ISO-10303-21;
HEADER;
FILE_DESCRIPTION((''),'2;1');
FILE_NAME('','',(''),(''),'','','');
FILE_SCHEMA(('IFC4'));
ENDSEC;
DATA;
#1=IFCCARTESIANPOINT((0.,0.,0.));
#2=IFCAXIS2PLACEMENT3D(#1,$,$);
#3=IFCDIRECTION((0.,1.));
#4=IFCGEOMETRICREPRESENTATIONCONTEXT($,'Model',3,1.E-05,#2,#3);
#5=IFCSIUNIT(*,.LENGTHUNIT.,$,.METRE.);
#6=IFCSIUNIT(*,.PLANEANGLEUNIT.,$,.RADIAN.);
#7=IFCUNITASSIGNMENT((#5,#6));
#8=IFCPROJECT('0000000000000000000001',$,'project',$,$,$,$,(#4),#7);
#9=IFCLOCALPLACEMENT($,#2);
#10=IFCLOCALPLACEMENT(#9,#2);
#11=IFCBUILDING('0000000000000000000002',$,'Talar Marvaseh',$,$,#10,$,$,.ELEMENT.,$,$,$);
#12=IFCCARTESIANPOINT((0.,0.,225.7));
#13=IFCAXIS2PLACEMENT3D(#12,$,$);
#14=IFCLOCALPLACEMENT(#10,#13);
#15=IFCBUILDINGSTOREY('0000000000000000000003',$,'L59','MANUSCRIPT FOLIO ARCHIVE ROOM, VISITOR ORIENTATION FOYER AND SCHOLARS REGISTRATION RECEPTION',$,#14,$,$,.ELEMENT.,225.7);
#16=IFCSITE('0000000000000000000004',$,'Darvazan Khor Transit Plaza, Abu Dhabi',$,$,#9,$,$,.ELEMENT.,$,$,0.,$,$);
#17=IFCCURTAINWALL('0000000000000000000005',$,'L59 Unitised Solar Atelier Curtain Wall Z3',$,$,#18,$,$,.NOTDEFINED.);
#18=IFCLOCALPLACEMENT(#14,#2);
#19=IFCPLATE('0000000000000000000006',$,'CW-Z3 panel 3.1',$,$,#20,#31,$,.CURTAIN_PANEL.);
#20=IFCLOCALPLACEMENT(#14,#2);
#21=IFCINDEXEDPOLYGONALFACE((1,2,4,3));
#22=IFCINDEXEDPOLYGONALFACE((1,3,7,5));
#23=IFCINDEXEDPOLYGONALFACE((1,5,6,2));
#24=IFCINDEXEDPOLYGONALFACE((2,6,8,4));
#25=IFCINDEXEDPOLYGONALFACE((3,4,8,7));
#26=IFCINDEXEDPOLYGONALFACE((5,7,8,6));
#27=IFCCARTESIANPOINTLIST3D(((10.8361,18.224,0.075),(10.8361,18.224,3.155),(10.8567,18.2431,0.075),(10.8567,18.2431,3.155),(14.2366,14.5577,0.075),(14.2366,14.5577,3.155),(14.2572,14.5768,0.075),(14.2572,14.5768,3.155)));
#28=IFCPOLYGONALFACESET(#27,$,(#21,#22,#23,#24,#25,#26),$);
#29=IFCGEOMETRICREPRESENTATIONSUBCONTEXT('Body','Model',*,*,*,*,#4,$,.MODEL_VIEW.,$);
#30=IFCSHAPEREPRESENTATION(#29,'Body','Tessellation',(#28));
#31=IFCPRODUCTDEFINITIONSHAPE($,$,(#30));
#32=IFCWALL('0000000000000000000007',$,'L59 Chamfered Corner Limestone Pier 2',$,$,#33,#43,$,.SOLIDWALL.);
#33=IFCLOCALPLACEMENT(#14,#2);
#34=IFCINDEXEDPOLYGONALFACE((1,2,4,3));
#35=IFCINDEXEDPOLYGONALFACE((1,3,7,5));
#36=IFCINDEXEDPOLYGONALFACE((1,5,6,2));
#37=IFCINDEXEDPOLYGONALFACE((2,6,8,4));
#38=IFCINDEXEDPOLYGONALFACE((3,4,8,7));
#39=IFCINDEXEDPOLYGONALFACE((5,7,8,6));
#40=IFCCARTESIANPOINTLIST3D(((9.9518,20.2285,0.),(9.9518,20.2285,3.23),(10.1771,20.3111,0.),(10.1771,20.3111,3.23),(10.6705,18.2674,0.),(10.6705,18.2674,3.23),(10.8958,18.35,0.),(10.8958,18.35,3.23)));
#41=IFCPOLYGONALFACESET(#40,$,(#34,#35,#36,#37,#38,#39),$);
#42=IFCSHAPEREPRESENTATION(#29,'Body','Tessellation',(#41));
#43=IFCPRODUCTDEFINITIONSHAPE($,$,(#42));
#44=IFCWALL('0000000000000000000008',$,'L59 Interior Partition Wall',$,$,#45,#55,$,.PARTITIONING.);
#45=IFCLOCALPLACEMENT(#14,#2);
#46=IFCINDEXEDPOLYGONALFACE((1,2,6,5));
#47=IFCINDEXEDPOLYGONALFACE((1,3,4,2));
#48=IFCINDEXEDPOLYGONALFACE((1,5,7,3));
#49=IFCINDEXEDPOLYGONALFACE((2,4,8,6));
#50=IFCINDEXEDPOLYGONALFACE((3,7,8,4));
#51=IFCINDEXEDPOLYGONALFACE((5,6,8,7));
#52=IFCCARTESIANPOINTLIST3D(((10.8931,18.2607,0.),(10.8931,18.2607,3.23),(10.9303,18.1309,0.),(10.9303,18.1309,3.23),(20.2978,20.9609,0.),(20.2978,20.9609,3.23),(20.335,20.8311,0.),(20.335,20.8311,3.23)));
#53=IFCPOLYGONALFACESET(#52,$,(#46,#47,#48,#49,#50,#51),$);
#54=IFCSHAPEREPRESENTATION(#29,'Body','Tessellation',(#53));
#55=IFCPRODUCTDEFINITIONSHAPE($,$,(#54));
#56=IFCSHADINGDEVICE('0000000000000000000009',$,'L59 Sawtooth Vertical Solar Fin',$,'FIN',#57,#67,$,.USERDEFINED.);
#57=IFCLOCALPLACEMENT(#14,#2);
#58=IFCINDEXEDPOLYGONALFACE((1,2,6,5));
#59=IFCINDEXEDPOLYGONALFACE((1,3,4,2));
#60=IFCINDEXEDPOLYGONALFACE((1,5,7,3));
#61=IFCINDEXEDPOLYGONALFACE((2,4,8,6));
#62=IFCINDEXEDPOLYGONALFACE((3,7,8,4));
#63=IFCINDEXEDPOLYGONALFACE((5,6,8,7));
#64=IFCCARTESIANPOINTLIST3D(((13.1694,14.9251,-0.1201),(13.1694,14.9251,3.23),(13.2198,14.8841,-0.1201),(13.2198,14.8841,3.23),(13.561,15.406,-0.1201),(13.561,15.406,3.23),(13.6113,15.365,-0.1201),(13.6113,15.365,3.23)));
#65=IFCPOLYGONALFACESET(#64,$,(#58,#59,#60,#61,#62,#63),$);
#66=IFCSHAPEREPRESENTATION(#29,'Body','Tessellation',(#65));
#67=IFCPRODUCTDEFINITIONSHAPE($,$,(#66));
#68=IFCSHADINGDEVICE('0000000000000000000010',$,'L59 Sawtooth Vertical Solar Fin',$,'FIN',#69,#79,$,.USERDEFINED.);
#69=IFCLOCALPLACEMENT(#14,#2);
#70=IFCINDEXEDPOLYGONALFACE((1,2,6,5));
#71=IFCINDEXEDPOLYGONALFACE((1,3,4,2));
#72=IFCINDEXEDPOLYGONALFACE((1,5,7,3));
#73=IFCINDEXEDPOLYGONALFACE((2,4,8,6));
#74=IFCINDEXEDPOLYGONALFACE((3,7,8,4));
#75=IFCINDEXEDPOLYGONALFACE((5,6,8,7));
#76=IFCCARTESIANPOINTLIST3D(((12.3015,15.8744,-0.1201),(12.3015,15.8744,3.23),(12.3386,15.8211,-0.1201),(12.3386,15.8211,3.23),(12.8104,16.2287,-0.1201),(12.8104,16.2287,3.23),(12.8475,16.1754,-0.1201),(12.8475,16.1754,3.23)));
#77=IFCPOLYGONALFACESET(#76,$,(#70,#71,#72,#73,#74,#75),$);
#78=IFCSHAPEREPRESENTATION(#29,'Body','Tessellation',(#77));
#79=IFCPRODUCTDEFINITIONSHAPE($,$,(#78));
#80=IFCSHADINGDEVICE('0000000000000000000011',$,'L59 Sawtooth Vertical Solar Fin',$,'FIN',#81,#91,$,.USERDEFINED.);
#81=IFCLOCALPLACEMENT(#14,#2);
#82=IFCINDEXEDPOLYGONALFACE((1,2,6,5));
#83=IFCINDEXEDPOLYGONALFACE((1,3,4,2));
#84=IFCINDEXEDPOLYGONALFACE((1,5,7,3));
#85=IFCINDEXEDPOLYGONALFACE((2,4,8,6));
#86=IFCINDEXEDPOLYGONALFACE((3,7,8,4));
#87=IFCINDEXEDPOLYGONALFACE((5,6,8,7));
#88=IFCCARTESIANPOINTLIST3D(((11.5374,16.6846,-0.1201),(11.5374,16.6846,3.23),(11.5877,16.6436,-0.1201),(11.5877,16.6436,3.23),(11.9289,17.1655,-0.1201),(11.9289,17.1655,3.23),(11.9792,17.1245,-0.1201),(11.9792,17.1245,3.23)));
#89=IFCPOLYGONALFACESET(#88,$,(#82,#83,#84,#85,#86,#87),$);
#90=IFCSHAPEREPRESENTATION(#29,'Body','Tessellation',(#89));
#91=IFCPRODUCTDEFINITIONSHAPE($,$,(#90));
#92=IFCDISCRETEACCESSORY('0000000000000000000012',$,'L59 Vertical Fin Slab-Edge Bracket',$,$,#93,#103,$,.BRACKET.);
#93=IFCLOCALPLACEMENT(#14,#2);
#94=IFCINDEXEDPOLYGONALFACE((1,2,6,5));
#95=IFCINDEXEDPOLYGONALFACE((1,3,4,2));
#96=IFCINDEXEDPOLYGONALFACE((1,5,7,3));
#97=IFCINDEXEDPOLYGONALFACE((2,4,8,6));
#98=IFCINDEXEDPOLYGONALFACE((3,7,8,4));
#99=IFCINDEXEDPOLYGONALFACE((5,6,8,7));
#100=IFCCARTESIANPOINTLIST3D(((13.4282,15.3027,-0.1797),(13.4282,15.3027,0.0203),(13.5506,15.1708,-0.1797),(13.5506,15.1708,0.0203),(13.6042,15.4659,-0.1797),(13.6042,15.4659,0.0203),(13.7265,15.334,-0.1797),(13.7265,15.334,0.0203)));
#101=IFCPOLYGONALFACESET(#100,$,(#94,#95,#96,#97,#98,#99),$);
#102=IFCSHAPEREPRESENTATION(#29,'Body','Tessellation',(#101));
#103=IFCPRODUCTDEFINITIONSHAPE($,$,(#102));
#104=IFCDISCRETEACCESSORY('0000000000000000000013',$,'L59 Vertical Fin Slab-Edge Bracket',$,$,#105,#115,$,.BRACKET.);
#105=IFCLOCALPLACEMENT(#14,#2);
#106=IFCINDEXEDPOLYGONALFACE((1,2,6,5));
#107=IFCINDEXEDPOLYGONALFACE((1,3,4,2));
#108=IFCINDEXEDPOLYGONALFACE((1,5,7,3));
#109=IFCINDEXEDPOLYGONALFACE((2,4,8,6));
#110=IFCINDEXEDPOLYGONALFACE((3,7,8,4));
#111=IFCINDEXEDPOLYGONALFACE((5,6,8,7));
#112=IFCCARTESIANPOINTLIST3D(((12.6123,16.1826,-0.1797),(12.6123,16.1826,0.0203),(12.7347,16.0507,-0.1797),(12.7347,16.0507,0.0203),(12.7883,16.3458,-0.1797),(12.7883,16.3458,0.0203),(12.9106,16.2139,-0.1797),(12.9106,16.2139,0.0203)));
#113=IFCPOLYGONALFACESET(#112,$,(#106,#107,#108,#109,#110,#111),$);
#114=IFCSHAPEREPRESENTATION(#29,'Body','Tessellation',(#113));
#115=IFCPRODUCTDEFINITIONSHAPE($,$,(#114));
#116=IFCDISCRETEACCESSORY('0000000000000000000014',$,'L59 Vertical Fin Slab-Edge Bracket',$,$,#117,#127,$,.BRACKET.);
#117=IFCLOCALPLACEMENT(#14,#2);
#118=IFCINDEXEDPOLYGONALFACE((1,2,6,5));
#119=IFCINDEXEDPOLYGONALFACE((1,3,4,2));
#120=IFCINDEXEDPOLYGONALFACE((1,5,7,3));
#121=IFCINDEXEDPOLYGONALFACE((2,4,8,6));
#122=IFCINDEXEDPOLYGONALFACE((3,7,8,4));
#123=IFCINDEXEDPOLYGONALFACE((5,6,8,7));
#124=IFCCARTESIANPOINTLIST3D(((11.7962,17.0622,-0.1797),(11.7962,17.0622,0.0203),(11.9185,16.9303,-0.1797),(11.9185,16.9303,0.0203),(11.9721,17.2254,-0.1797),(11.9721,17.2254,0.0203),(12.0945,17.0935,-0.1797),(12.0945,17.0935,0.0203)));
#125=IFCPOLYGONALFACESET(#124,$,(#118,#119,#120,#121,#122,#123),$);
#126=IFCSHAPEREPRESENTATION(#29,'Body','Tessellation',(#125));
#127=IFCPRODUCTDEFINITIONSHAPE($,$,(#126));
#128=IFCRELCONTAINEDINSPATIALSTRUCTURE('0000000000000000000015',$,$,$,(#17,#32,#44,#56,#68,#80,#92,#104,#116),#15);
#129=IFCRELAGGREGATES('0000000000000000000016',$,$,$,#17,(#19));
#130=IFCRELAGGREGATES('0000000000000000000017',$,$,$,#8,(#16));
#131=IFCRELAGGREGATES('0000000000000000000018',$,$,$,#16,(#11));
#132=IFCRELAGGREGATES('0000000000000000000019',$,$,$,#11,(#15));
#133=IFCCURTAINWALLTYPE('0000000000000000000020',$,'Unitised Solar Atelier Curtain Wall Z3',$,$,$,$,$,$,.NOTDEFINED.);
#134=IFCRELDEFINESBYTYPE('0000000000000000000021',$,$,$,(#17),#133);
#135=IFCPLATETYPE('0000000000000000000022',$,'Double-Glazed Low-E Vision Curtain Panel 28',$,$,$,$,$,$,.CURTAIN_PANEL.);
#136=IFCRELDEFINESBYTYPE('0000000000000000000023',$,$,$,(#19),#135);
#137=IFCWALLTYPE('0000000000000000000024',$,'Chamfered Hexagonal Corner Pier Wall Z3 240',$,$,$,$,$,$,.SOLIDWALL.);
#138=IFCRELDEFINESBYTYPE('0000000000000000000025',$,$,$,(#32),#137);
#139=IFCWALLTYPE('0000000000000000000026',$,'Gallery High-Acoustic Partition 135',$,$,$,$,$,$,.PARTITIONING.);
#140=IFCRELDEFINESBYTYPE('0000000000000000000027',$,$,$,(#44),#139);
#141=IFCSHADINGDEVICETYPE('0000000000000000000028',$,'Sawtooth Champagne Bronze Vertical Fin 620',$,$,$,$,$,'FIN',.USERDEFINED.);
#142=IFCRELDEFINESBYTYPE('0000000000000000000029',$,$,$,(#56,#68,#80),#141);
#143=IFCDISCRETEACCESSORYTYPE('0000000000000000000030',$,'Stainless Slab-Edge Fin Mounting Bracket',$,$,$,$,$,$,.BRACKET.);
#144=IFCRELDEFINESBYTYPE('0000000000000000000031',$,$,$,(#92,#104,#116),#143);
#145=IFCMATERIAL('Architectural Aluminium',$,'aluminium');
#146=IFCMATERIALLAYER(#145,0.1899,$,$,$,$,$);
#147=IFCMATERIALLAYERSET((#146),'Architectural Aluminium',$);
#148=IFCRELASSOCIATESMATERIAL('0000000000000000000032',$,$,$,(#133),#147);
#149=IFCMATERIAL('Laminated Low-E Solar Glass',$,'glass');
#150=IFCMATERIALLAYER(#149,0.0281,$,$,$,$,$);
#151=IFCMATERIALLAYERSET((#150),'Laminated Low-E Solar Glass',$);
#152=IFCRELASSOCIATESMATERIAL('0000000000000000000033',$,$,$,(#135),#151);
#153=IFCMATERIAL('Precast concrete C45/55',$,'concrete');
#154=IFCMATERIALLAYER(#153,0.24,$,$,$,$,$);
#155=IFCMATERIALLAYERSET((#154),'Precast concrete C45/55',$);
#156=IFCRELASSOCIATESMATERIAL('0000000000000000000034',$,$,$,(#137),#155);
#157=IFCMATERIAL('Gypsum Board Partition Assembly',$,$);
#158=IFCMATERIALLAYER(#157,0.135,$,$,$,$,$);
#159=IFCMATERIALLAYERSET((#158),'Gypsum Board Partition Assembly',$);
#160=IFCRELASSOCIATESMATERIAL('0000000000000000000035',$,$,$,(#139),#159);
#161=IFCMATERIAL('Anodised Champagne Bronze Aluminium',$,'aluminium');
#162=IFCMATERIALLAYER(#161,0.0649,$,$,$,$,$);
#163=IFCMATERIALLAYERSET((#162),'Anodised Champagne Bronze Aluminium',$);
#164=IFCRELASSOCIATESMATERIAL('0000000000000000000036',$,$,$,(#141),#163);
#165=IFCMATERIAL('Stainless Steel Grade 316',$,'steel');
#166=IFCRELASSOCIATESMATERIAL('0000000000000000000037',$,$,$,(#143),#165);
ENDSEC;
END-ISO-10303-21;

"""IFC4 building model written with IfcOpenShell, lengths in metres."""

from ifc_helpers import new_model, si_unit, direction, frame, frame_2d, origin, origin_2d, place, context, subcontext, project, spatial, rectangle, extrude, source, transform, mapped, material, layer, layer_set, type_object, type_shapes, element, aggregate, save


model = new_model("IFC4")

# Units and contexts
model_context = context("Model", 3, precision=1e-05, world=origin(), true_north=direction((0.0, 1.0)))
body_context = subcontext(model_context, "Body", "Model", "MODEL_VIEW")
ifc_project = project(units=[si_unit("LENGTHUNIT", "METRE"), si_unit("PLANEANGLEUNIT", "RADIAN")], contexts=[model_context])

# Site, building, storey
site_placement = place(None, origin())
site = spatial("IfcSite", under=ifc_project, at=site_placement, Name="Darvazan Khor Transit Plaza, Abu Dhabi", CompositionType="ELEMENT", RefElevation=0.0)
building_placement = place(site_placement, origin())
building = spatial("IfcBuilding", under=site, at=building_placement, Name="Talar Marvaseh", CompositionType="ELEMENT")
storey_placement = place(building_placement, frame((0.0, 0.0, 225.7)))
storey = spatial("IfcBuildingStorey", under=building, at=storey_placement, Name="L59", Description="MANUSCRIPT FOLIO ARCHIVE ROOM, VISITOR ORIENTATION FOYER AND SCHOLARS REGISTRATION RECEPTION", CompositionType="ELEMENT", Elevation=225.7)

# Curtain wall
ifc_material_1 = material(Name="Architectural Aluminium", Category="aluminium")
ifc_layer_1 = layer(ifc_material_1, 0.1899)
ifc_layer_set_1 = layer_set([ifc_layer_1], Name="Architectural Aluminium")
curtain_wall_type = type_object("IfcCurtainWallType", Name="Unitised Solar Atelier Curtain Wall Z3", PredefinedType="NOTDEFINED", material=ifc_layer_set_1)
curtain_wall_1_placement = place(storey_placement, origin())
curtain_wall_1 = element("IfcCurtainWall", 1, at=curtain_wall_1_placement, inside=storey, type_object=curtain_wall_type, Name="L59 Unitised Solar Atelier Curtain Wall Z3", PredefinedType="NOTDEFINED")

# Plate
ifc_material_2 = material(Name="Laminated Low-E Solar Glass", Category="glass")
ifc_layer_2 = layer(ifc_material_2, 0.0281)
ifc_layer_set_2 = layer_set([ifc_layer_2], Name="Laminated Low-E Solar Glass")
plate_type = type_object("IfcPlateType", Name="Double-Glazed Low-E Vision Curtain Panel 28", PredefinedType="CURTAIN_PANEL", material=ifc_layer_set_2)
shared_shape_1 = source(origin(), body_context, "Body", "SweptSolid", [
    extrude(rectangle(XDim=5.0005, YDim=0.0281, at=origin_2d()), origin(), (0.0, 0.0, 1.0), 3.0801),
])
type_shapes(plate_type, [shared_shape_1])
plate_placement = place(storey_placement, frame((12.5466, 16.4004, 0.075), z_axis=(0.0, 0.0, 1.0), x_axis=(-0.680031, 0.733183, 0.0)))
plate = element("IfcPlate", 2, at=plate_placement, type_object=plate_type, Name="CW-Z3 panel 3.1", PredefinedType="CURTAIN_PANEL", context=body_context, shape_type="MappedRepresentation", body=[
    mapped(shared_shape_1, transform((0.0, 0.0, 0.0), x_axis=(1.0, 0.0, 0.0), y_axis=(0.0, 1.0, 0.0), z_axis=(0.0, 0.0, 1.0), scale=1.0)),
])
aggregate(curtain_wall_1, [plate])

# Wall
ifc_material_3 = material(Name="Precast concrete C45/55", Category="concrete")
ifc_layer_3 = layer(ifc_material_3, 0.24)
ifc_layer_set_3 = layer_set([ifc_layer_3], Name="Precast concrete C45/55")
wall_type_1 = type_object("IfcWallType", Name="Chamfered Hexagonal Corner Pier Wall Z3 240", PredefinedType="SOLIDWALL", material=ifc_layer_set_3)
wall_1_placement = place(storey_placement, frame((10.7832, 18.3086, 0.0), z_axis=(0.0, 0.0, 1.0), x_axis=(-0.344107, 0.93893, 0.0)))
element("IfcWall", 3, at=wall_1_placement, inside=storey, type_object=wall_type_1, Name="L59 Chamfered Corner Limestone Pier 2", PredefinedType="SOLIDWALL", context=body_context, shape_type="SweptSolid", body=[
    extrude(rectangle(XDim=2.0886, YDim=0.24, at=frame_2d((1.0444, 0.0))), origin(), (0.0, 0.0, 1.0), 3.23),
])

# Shared definitions
ifc_material_4 = material(Name="Gypsum Board Partition Assembly")

# Wall
ifc_layer_4 = layer(ifc_material_4, 0.135)
ifc_layer_set_4 = layer_set([ifc_layer_4], Name="Gypsum Board Partition Assembly")
wall_type_2 = type_object("IfcWallType", Name="Gallery High-Acoustic Partition 135", PredefinedType="PARTITIONING", material=ifc_layer_set_4)
wall_2_placement = place(storey_placement, frame((20.3164, 20.896, 0.0), z_axis=(0.0, 0.0, 1.0), x_axis=(-0.961169, -0.27596, 0.0)))
element("IfcWall", 4, at=wall_2_placement, inside=storey, type_object=wall_type_2, Name="L59 Interior Partition Wall", PredefinedType="PARTITIONING", context=body_context, shape_type="SweptSolid", body=[
    extrude(rectangle(XDim=9.7847, YDim=0.135, at=frame_2d((4.8923, 0.0))), origin(), (0.0, 0.0, 1.0), 3.23),
])

# Shading devices
ifc_material_5 = material(Name="Anodised Champagne Bronze Aluminium", Category="aluminium")
ifc_layer_5 = layer(ifc_material_5, 0.0649)
ifc_layer_set_5 = layer_set([ifc_layer_5], Name="Anodised Champagne Bronze Aluminium")
shading_device_type = type_object("IfcShadingDeviceType", Name="Sawtooth Champagne Bronze Vertical Fin 620", ElementType="FIN", PredefinedType="USERDEFINED", material=ifc_layer_set_5)
shared_shape_2 = source(origin(), body_context, "Body", "SweptSolid", [
    extrude(rectangle(XDim=0.6201, YDim=0.0649, at=origin_2d()), origin(), (0.0, 0.0, 1.0), 3.3501),
])
type_shapes(shading_device_type, [shared_shape_2])
for number, where, z_axis, x_axis, name in (
    (5, (13.3904, 15.145, -0.1201), (0.0, 0.0, 1.0), (-0.631353, -0.775496, 0.0), "L59 Sawtooth Vertical Solar Fin"),
    (6, (12.5745, 16.0249, -0.1201), (0.0, 0.0, 1.0), (-0.820651, -0.57143, 0.0), "L59 Sawtooth Vertical Solar Fin"),
    (7, (11.7583, 16.9045, -0.1201), (0.0, 0.0, 1.0), (-0.631353, -0.775496, 0.0), "L59 Sawtooth Vertical Solar Fin"),
):
    element("IfcShadingDevice", number, at=place(storey_placement, frame(where, z_axis=z_axis, x_axis=x_axis)), inside=storey, type_object=shading_device_type, Name=name, ObjectType="FIN", PredefinedType="USERDEFINED", context=body_context, shape_type="MappedRepresentation", body=[
        mapped(shared_shape_2, transform((0.0, 0.0, 0.0), x_axis=(1.0, 0.0, 0.0), y_axis=(0.0, 1.0, 0.0), z_axis=(0.0, 0.0, 1.0), scale=1.0)),
    ])

# Discrete accessories
ifc_material_6 = material(Name="Stainless Steel Grade 316", Category="steel")
discrete_accessory_type = type_object("IfcDiscreteAccessoryType", Name="Stainless Slab-Edge Fin Mounting Bracket", PredefinedType="BRACKET", material=ifc_material_6)
shared_shape_3 = source(origin(), body_context, "Body", "SweptSolid", [
    extrude(rectangle(XDim=0.24, YDim=0.1799, at=origin_2d()), origin(), (0.0, 0.0, 1.0), 0.2),
])
type_shapes(discrete_accessory_type, [shared_shape_3])
for number, where, z_axis, x_axis, name in (
    (8, (13.5774, 15.3184, -0.1797), (0.0, 0.0, 1.0), (-0.733137, -0.680081, 0.0), "L59 Vertical Fin Slab-Edge Bracket"),
    (9, (12.7615, 16.1982, -0.1797), (0.0, 0.0, 1.0), (-0.733137, -0.680081, 0.0), "L59 Vertical Fin Slab-Edge Bracket"),
    (10, (11.9453, 17.0779, -0.1797), (0.0, 0.0, 1.0), (-0.733137, -0.680081, 0.0), "L59 Vertical Fin Slab-Edge Bracket"),
):
    element("IfcDiscreteAccessory", number, at=place(storey_placement, frame(where, z_axis=z_axis, x_axis=x_axis)), inside=storey, type_object=discrete_accessory_type, Name=name, PredefinedType="BRACKET", context=body_context, shape_type="MappedRepresentation", body=[
        mapped(shared_shape_3, transform((0.0, 0.0, 0.0), x_axis=(1.0, 0.0, 0.0), y_axis=(0.0, 1.0, 0.0), z_axis=(0.0, 0.0, 1.0), scale=1.0)),
    ])

save(model, "model.ifc")
